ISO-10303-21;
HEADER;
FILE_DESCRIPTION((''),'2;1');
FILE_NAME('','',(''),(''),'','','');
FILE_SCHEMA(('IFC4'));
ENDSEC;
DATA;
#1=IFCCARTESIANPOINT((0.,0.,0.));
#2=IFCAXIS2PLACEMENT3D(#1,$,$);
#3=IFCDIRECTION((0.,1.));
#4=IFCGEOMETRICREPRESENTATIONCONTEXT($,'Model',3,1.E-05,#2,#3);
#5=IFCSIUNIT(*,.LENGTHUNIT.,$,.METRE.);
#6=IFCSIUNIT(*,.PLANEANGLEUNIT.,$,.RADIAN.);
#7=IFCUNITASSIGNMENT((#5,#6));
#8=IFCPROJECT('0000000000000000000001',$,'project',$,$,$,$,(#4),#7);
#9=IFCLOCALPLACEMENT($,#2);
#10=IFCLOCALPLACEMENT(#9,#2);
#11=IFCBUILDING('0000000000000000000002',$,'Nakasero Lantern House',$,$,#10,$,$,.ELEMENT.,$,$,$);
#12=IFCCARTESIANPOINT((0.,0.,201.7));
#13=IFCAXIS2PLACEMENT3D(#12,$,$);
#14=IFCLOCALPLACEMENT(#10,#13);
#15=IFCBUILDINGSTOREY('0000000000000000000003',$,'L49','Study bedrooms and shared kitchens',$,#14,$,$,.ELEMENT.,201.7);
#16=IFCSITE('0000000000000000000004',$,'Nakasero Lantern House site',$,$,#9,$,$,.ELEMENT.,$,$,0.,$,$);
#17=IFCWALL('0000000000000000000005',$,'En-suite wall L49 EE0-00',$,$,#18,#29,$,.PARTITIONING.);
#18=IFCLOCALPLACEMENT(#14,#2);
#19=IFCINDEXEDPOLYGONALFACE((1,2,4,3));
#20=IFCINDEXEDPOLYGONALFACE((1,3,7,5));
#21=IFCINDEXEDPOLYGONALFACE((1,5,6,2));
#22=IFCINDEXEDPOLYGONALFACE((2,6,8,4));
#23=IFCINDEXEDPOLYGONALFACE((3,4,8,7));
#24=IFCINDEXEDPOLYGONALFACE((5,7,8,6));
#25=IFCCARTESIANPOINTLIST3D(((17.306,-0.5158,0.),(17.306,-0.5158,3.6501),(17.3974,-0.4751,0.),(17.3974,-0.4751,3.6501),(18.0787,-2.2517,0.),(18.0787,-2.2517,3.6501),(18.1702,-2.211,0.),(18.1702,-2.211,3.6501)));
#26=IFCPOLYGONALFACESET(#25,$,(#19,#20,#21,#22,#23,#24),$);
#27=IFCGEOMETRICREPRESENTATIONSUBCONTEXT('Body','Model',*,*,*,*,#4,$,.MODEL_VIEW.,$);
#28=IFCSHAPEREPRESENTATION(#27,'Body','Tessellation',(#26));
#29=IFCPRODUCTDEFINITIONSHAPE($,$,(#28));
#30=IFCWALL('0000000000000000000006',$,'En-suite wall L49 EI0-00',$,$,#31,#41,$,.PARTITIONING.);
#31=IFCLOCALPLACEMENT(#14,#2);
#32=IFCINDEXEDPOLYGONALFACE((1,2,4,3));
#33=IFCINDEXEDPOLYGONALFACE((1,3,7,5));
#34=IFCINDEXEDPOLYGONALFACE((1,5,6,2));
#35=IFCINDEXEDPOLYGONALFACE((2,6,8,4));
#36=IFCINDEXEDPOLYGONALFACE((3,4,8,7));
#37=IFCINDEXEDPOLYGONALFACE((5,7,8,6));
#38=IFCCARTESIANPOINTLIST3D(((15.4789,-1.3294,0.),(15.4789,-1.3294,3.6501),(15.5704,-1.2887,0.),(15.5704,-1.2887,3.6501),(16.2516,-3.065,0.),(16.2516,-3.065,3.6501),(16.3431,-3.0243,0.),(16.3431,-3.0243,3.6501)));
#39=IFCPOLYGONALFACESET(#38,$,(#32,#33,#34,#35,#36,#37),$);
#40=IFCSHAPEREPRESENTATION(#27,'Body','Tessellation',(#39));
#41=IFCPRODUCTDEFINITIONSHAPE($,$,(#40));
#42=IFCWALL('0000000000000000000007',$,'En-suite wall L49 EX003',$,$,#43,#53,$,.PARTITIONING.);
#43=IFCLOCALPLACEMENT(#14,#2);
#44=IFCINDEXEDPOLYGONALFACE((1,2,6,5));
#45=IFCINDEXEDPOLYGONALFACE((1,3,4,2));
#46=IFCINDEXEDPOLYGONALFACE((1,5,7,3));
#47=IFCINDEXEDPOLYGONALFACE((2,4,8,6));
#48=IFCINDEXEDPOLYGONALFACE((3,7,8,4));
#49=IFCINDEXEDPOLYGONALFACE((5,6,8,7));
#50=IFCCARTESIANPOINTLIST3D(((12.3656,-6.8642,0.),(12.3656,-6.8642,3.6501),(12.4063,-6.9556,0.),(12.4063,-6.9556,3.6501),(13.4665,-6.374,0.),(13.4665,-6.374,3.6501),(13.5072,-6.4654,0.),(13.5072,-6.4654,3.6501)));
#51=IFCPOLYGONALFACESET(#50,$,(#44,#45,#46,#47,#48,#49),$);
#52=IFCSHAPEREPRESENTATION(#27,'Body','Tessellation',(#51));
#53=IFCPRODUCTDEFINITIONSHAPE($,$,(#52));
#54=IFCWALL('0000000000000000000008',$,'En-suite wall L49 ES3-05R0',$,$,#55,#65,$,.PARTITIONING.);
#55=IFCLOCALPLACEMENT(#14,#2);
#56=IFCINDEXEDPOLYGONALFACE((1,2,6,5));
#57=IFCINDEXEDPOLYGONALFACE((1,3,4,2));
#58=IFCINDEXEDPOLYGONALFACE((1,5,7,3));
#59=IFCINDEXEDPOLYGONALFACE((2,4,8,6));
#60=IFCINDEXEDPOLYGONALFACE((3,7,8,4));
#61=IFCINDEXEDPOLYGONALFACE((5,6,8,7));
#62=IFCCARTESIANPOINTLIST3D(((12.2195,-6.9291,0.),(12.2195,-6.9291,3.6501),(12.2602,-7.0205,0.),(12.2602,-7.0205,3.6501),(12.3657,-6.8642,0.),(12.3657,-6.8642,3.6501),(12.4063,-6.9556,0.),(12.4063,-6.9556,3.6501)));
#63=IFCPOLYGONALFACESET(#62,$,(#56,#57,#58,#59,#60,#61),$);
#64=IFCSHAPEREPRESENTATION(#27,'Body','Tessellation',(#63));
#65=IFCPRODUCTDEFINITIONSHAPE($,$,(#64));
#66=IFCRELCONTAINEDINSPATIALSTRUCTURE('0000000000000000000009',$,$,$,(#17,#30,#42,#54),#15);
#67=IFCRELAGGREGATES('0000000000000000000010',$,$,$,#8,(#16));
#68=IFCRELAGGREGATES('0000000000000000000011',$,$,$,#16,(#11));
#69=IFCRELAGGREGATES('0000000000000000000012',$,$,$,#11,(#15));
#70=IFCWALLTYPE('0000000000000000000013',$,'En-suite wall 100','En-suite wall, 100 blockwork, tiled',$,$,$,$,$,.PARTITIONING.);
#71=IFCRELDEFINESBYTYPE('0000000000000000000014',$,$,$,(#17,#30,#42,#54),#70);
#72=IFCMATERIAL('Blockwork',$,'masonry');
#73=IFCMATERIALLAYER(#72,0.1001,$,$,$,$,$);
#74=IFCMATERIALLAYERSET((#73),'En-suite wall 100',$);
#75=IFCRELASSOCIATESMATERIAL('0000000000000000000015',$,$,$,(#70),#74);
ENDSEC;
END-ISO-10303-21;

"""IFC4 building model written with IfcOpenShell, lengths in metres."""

from ifc_helpers import new_model, si_unit, direction, frame, frame_2d, origin, place, context, subcontext, project, spatial, rectangle, extrude, material, layer, layer_set, type_object, element, save


model = new_model("IFC4")

# Units and contexts
model_context = context("Model", 3, precision=1e-05, world=origin(), true_north=direction((0.0, 1.0)))
body_context = subcontext(model_context, "Body", "Model", "MODEL_VIEW")
ifc_project = project(units=[si_unit("LENGTHUNIT", "METRE"), si_unit("PLANEANGLEUNIT", "RADIAN")], contexts=[model_context])

# Site, building, storey
site_placement = place(None, origin())
site = spatial("IfcSite", under=ifc_project, at=site_placement, Name="Nakasero Lantern House site", CompositionType="ELEMENT", RefElevation=0.0)
building_placement = place(site_placement, origin())
building = spatial("IfcBuilding", under=site, at=building_placement, Name="Nakasero Lantern House", CompositionType="ELEMENT")
storey_placement = place(building_placement, frame((0.0, 0.0, 201.7)))
storey = spatial("IfcBuildingStorey", under=building, at=storey_placement, Name="L49", Description="Study bedrooms and shared kitchens", CompositionType="ELEMENT", Elevation=201.7)

# Shared definitions
ifc_material_1 = material(Name="Blockwork", Category="masonry")
ifc_layer_1 = layer(ifc_material_1, 0.1001)
ifc_layer_set_1 = layer_set([ifc_layer_1], Name="En-suite wall 100")
wall_type_1 = type_object("IfcWallType", Name="En-suite wall 100", Description="En-suite wall, 100 blockwork, tiled", PredefinedType="PARTITIONING", material=ifc_layer_set_1)

# Walls
wall_1_placement = place(storey_placement, frame((18.1245, -2.2314, 0.0), z_axis=(0.0, 0.0, 1.0), x_axis=(-0.406675, 0.913573, 0.0)))
element("IfcWall", 1, at=wall_1_placement, inside=storey, type_object=wall_type_1, Name="En-suite wall L49 EE0-00", PredefinedType="PARTITIONING", context=body_context, shape_type="SweptSolid", body=[
    extrude(rectangle(XDim=1.9001, YDim=0.1001, at=frame_2d((0.9502, 0.0))), origin(), (0.0, 0.0, 1.0), 3.6501),
])
wall_2_placement = place(storey_placement, frame((16.2974, -3.0447, 0.0), z_axis=(0.0, 0.0, 1.0), x_axis=(-0.406723, 0.913552, 0.0)))
element("IfcWall", 2, at=wall_2_placement, inside=storey, type_object=wall_type_1, Name="En-suite wall L49 EI0-00", PredefinedType="PARTITIONING", context=body_context, shape_type="SweptSolid", body=[
    extrude(rectangle(XDim=1.8999, YDim=0.1001, at=frame_2d((0.95, 0.0))), origin(), (0.0, 0.0, 1.0), 3.6501),
])
wall_3_placement = place(storey_placement, frame((13.4868, -6.4197, 0.0), z_axis=(0.0, 0.0, 1.0), x_axis=(-0.913511, -0.406815, 0.0)))
element("IfcWall", 3, at=wall_3_placement, inside=storey, type_object=wall_type_1, Name="En-suite wall L49 EX003", PredefinedType="PARTITIONING", context=body_context, shape_type="SweptSolid", body=[
    extrude(rectangle(XDim=1.2051, YDim=0.1001, at=frame_2d((0.6025, 0.0))), origin(), (0.0, 0.0, 1.0), 3.6501),
])
wall_4_placement = place(storey_placement, frame((12.2397, -6.9749, 0.0), z_axis=(0.0, 0.0, 1.0), x_axis=(0.913937, 0.405855, 0.0)))
element("IfcWall", 4, at=wall_4_placement, inside=storey, type_object=wall_type_1, Name="En-suite wall L49 ES3-05R0", PredefinedType="PARTITIONING", context=body_context, shape_type="SweptSolid", body=[
    extrude(rectangle(XDim=0.1599, YDim=0.1001, at=frame_2d((0.0801, 0.0))), origin(), (0.0, 0.0, 1.0), 3.6501),
])

save(model, "model.ifc")
